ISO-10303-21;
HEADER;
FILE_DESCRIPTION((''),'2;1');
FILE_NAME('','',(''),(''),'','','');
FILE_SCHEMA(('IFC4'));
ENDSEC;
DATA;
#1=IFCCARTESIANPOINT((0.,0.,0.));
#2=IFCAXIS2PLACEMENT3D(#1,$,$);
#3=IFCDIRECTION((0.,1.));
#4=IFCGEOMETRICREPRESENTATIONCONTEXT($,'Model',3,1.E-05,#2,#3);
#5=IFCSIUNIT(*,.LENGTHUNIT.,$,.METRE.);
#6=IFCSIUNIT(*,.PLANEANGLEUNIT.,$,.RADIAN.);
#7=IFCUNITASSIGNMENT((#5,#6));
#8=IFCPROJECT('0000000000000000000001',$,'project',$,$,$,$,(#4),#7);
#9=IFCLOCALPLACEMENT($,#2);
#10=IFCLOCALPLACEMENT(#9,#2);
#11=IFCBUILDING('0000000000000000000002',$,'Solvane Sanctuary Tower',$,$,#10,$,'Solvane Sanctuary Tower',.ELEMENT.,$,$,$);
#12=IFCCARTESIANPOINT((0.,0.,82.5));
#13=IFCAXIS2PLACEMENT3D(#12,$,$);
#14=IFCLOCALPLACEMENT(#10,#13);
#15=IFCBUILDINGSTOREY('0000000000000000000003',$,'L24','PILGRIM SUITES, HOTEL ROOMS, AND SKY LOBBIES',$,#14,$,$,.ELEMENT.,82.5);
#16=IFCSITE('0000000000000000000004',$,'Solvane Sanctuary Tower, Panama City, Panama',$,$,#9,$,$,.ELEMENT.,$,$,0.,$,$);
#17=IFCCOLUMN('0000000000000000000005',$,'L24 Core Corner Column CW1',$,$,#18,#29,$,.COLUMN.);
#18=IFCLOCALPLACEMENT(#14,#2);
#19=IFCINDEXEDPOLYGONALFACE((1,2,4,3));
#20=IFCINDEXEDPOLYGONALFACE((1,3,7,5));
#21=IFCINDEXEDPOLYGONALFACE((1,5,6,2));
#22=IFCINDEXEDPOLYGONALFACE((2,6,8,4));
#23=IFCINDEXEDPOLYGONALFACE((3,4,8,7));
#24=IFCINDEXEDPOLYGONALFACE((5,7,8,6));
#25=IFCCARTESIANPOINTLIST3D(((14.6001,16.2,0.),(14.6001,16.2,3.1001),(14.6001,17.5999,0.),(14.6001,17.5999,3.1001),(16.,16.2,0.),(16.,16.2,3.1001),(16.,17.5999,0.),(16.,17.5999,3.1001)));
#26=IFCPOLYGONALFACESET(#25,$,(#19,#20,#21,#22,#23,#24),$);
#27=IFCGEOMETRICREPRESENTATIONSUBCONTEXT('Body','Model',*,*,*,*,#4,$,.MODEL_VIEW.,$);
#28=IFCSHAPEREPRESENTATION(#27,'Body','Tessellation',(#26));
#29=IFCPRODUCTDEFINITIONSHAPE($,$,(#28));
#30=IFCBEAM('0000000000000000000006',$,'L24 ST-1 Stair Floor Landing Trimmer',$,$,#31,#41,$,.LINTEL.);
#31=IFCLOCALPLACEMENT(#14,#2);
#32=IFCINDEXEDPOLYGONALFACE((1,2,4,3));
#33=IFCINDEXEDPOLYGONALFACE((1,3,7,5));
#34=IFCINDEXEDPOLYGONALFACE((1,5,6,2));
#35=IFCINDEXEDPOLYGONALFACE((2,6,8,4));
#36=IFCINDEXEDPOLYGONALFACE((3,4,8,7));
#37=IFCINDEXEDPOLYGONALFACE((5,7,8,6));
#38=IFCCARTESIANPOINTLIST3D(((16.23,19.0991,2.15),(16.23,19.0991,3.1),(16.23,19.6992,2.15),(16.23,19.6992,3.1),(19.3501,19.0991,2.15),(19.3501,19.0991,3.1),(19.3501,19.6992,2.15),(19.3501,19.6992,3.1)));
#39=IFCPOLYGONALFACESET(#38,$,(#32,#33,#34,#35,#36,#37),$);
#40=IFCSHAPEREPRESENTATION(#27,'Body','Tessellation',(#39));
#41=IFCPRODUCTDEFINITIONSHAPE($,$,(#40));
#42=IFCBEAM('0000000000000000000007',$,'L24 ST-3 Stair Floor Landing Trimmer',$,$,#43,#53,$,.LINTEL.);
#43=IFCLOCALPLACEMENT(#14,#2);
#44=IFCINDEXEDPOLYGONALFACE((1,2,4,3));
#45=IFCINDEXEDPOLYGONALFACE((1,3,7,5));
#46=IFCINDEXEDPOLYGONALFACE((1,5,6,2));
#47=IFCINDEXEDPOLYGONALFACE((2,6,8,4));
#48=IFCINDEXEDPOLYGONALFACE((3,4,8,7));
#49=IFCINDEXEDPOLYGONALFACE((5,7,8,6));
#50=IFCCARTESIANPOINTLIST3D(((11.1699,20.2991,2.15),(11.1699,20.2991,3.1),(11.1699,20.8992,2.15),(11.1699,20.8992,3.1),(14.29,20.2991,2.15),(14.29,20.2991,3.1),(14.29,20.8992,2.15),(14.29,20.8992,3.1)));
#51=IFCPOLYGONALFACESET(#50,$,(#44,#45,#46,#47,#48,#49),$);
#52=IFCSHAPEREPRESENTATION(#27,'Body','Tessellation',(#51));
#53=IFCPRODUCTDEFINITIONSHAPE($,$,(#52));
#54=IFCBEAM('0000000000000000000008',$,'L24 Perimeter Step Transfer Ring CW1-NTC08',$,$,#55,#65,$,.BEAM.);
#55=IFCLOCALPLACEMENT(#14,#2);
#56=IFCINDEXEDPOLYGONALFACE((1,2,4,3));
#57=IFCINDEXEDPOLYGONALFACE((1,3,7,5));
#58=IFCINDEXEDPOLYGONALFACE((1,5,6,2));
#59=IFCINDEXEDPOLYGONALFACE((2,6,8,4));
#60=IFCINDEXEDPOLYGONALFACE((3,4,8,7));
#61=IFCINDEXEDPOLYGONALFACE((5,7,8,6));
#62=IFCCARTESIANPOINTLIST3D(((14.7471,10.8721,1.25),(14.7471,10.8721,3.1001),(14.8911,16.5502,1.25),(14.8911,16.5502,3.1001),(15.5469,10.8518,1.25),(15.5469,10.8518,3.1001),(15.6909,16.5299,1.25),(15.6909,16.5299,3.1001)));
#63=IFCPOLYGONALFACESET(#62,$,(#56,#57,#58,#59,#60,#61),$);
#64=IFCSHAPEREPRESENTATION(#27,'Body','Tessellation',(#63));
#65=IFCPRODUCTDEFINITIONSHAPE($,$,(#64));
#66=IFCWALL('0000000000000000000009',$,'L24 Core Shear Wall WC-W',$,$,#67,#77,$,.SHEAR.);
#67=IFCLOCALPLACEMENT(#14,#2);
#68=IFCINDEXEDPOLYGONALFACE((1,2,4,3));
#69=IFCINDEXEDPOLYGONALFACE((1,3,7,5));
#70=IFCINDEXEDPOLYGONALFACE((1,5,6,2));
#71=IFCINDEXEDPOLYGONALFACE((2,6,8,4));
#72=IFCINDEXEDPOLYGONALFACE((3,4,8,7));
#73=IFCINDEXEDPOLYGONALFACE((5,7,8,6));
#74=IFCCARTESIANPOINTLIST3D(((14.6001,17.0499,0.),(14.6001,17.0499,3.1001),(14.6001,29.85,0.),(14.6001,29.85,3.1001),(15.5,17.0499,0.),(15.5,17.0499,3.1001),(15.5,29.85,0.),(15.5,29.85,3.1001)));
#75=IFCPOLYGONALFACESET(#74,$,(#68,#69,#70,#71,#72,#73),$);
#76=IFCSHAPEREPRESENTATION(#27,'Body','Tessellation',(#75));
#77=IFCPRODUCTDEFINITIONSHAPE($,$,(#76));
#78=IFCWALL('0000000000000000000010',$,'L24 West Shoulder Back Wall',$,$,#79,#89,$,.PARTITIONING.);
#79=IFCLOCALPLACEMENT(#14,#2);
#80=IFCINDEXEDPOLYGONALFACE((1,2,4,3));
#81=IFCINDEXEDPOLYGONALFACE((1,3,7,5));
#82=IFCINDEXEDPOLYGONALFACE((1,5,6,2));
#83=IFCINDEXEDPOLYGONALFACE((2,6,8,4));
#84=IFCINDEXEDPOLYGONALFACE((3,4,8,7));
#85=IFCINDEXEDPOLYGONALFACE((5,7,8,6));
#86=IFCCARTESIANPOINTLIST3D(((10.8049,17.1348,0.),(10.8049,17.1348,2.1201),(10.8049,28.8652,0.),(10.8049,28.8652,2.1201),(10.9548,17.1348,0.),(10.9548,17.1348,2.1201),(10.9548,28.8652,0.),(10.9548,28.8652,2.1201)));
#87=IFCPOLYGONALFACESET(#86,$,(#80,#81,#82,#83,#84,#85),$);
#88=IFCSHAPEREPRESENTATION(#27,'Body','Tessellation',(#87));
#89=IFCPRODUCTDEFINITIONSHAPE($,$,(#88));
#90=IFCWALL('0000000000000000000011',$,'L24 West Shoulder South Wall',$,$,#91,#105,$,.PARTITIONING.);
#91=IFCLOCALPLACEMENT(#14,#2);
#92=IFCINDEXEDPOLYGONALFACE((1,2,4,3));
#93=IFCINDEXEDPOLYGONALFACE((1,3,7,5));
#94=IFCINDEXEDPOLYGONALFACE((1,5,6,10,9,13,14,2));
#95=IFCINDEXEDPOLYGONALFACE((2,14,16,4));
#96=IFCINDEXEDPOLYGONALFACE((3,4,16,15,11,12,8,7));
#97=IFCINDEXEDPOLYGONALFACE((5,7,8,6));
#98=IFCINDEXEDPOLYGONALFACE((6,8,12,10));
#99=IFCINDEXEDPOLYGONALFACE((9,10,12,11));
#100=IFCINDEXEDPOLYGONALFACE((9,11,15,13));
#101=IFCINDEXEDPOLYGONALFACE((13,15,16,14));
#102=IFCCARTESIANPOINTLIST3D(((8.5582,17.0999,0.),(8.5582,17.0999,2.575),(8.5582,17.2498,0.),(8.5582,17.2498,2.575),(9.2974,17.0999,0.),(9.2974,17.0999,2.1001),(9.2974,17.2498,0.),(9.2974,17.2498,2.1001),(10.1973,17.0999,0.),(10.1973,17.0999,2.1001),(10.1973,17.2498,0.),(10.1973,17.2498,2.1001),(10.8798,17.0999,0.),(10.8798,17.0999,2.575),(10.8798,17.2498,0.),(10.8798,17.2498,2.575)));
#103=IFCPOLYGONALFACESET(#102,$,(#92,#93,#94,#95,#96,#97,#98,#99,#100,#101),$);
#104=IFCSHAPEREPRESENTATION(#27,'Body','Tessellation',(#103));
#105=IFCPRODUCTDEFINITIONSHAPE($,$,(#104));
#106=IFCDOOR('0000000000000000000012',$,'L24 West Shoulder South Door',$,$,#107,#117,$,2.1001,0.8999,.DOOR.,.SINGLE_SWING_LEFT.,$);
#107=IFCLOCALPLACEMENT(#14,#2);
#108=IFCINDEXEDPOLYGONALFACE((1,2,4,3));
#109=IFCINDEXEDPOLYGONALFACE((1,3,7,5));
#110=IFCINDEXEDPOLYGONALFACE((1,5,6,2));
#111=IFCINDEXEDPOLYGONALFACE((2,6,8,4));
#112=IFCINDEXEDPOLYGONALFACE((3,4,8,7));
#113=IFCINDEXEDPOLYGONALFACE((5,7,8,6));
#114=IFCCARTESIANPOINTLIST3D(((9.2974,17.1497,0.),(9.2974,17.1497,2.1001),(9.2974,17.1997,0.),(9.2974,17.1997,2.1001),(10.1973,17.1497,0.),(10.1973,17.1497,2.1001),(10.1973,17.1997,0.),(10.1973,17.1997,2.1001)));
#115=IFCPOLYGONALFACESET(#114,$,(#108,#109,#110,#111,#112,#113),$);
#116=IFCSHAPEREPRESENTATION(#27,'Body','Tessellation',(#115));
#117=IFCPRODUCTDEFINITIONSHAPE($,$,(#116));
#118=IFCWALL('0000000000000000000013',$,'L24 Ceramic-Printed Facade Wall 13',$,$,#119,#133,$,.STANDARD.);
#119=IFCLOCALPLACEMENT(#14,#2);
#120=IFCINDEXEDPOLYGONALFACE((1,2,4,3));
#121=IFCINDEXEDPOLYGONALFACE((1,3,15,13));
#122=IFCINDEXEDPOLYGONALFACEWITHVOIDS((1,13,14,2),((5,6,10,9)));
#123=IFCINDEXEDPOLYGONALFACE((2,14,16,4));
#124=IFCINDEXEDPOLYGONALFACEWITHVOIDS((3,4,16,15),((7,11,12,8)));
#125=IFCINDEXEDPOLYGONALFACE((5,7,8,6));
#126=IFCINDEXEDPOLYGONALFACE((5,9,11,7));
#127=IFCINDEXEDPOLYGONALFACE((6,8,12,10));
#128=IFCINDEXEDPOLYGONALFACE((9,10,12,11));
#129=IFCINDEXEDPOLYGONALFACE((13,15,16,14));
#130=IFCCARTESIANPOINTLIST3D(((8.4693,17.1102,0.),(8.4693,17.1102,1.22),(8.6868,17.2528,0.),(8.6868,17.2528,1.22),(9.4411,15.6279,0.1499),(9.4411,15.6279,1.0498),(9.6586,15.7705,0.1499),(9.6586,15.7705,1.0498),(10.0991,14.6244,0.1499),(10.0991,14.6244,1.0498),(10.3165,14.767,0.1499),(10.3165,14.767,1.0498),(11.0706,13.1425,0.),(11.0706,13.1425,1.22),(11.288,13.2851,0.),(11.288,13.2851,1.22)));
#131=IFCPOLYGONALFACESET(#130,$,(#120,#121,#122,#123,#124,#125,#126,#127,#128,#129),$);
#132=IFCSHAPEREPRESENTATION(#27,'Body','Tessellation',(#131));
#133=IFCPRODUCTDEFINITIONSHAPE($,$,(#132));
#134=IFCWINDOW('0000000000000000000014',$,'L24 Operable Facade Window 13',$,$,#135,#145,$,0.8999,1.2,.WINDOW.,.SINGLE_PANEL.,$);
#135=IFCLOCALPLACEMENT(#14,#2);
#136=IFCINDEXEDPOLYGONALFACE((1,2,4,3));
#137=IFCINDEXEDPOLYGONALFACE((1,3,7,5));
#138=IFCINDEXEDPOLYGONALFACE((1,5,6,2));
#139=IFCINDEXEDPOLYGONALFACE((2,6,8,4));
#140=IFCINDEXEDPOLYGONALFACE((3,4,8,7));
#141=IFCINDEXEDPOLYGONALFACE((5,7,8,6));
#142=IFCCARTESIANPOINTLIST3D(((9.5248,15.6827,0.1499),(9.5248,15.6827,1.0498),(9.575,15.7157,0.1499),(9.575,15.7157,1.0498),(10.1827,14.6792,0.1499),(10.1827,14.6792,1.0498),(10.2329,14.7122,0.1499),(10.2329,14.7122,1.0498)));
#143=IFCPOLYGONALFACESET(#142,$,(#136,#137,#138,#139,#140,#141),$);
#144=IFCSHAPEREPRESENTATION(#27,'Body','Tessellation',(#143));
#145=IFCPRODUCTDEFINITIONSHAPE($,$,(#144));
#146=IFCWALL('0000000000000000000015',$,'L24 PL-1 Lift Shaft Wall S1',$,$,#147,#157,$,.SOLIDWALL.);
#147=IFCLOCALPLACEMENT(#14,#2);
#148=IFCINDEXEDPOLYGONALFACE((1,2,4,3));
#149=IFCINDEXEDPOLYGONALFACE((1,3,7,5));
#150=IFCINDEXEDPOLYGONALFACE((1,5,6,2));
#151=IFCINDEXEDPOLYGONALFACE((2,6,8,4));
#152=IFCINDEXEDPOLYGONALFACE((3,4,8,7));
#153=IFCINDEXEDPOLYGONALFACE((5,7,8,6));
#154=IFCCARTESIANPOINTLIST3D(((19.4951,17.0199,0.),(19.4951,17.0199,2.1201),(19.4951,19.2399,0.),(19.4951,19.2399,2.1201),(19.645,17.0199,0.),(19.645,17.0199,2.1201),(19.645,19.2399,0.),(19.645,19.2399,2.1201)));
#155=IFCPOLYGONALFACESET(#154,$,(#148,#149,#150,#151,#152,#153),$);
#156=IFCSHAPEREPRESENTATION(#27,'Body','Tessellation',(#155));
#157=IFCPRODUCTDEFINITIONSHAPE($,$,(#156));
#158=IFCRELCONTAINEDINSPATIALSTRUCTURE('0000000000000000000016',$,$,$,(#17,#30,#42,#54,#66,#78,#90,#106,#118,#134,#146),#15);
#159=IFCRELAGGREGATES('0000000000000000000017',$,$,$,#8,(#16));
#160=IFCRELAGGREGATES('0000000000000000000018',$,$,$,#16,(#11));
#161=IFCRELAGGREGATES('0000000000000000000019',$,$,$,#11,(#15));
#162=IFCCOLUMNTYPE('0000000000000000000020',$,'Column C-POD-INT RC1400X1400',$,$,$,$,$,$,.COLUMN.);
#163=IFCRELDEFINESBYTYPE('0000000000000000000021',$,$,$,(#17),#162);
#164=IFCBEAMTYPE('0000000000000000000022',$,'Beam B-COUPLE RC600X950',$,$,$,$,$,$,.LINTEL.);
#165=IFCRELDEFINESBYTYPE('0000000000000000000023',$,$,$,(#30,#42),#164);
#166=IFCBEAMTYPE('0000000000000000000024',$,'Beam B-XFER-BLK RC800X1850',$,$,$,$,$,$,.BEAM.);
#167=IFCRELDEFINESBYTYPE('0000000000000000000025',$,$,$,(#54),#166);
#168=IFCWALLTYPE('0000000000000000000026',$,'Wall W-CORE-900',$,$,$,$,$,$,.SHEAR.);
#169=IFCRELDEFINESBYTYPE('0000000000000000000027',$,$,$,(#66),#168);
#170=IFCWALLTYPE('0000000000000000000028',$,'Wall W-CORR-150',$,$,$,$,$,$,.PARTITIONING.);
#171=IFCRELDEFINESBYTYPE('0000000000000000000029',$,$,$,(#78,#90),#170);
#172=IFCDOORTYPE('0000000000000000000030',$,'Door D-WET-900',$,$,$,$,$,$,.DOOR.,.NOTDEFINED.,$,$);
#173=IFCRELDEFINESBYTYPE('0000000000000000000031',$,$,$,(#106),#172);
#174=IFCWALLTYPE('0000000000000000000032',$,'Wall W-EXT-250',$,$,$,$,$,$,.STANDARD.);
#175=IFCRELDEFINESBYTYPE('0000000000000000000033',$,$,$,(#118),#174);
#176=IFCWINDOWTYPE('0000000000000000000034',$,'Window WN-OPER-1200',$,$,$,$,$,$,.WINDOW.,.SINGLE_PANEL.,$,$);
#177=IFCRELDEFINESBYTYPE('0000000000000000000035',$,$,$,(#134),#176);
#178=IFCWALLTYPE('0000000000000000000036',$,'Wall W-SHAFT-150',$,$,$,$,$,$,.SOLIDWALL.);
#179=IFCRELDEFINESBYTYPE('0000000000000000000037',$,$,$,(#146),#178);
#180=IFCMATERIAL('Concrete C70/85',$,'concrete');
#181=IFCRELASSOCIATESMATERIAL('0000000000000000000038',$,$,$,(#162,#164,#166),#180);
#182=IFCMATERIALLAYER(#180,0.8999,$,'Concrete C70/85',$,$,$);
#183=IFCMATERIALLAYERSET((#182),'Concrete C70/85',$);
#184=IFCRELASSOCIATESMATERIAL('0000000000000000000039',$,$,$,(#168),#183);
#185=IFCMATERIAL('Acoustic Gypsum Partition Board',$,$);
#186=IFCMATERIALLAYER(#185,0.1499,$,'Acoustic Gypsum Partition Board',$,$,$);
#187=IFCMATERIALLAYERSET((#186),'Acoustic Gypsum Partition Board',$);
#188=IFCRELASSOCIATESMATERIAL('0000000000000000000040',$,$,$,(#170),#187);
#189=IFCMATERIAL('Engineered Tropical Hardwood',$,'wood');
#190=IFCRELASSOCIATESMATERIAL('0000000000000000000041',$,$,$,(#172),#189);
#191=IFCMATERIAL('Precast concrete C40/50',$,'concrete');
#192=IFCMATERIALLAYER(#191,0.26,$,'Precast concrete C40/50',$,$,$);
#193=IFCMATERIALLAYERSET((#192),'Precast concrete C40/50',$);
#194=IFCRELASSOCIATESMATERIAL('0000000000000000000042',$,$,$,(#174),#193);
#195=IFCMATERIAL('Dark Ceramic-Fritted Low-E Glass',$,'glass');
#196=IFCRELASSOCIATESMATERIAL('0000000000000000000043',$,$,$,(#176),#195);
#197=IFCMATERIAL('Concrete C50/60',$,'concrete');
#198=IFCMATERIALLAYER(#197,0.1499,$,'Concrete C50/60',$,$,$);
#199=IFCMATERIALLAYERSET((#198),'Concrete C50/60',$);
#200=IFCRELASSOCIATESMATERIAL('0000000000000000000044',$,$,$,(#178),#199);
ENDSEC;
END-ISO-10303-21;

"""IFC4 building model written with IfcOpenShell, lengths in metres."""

from ifc_helpers import new_model, si_unit, direction, frame, frame_2d, origin, origin_2d, place, context, subcontext, project, spatial, rectangle, extrude, material, layer, layer_set, material_profile, profile_set, type_object, element, fill, save


model = new_model("IFC4")

# Units and contexts
model_context = context("Model", 3, precision=1e-05, world=origin(), true_north=direction((0.0, 1.0)))
body_context = subcontext(model_context, "Body", "Model", "MODEL_VIEW")
ifc_project = project(units=[si_unit("LENGTHUNIT", "METRE"), si_unit("PLANEANGLEUNIT", "RADIAN")], contexts=[model_context])

# Site, building, storey
site_placement = place(None, origin())
site = spatial("IfcSite", under=ifc_project, at=site_placement, Name="Solvane Sanctuary Tower, Panama City, Panama", CompositionType="ELEMENT", RefElevation=0.0)
building_placement = place(site_placement, origin())
building = spatial("IfcBuilding", under=site, at=building_placement, Name="Solvane Sanctuary Tower", LongName="Solvane Sanctuary Tower", CompositionType="ELEMENT")
storey_placement = place(building_placement, frame((0.0, 0.0, 82.5)))
storey = spatial("IfcBuildingStorey", under=building, at=storey_placement, Name="L24", Description="PILGRIM SUITES, HOTEL ROOMS, AND SKY LOBBIES", CompositionType="ELEMENT", Elevation=82.5)

# Column
ifc_material_1 = material(Name="Concrete C70/85", Category="concrete")
ifc_material_profile_1 = material_profile(ifc_material_1, rectangle(XDim=1.3999, YDim=1.3999, at=origin_2d()), Name="RC1400X1400")
ifc_profile_set_1 = profile_set([ifc_material_profile_1], Name="Concrete C70/85")
column_type = type_object("IfcColumnType", Name="Column C-POD-INT RC1400X1400", PredefinedType="COLUMN", material=ifc_profile_set_1)
column_placement = place(storey_placement, frame((15.3, 16.8999, 0.0), z_axis=(0.0, 0.0, 1.0), x_axis=(1.0, 0.0, 0.0)))
element("IfcColumn", 1, at=column_placement, inside=storey, type_object=column_type, Name="L24 Core Corner Column CW1", PredefinedType="COLUMN", context=body_context, shape_type="SweptSolid", body=[
    extrude(rectangle(XDim=1.3999, YDim=1.3999, at=origin_2d()), origin(), (0.0, 0.0, 1.0), 3.1001),
])

# Beams
ifc_material_profile_2 = material_profile(ifc_material_1, rectangle(XDim=0.6001, YDim=0.95, at=origin_2d()), Name="RC600X950")
ifc_profile_set_2 = profile_set([ifc_material_profile_2], Name="Concrete C70/85")
beam_type_1 = type_object("IfcBeamType", Name="Beam B-COUPLE RC600X950", PredefinedType="LINTEL", material=ifc_profile_set_2)
for number, where, z_axis, x_axis, name in (
    (2, (16.23, 19.3992, 2.625), (1.0, 0.0, 0.0), (0.0, 1.0, 0.0), "L24 ST-1 Stair Floor Landing Trimmer"),
    (3, (11.1699, 20.5991, 2.625), (1.0, 0.0, 0.0), (0.0, 1.0, 0.0), "L24 ST-3 Stair Floor Landing Trimmer"),
):
    element("IfcBeam", number, at=place(storey_placement, frame(where, z_axis=z_axis, x_axis=x_axis)), inside=storey, type_object=beam_type_1, Name=name, PredefinedType="LINTEL", context=body_context, shape_type="SweptSolid", body=[
        extrude(rectangle(XDim=0.6001, YDim=0.95, at=origin_2d()), origin(), (0.0, 0.0, 1.0), 3.1201),
    ])
ifc_material_profile_3 = material_profile(ifc_material_1, rectangle(XDim=0.8, YDim=1.8501, at=origin_2d()), Name="RC800X1850")
ifc_profile_set_3 = profile_set([ifc_material_profile_3], Name="Concrete C70/85")
beam_type_2 = type_object("IfcBeamType", Name="Beam B-XFER-BLK RC800X1850", PredefinedType="BEAM", material=ifc_profile_set_3)
beam_placement = place(storey_placement, frame((15.291, 16.54, 2.175), z_axis=(-0.025359, -0.999678, 0.0), x_axis=(0.999678, -0.025359, 0.0)))
element("IfcBeam", 4, at=beam_placement, inside=storey, type_object=beam_type_2, Name="L24 Perimeter Step Transfer Ring CW1-NTC08", PredefinedType="BEAM", context=body_context, shape_type="SweptSolid", body=[
    extrude(rectangle(XDim=0.8, YDim=1.8501, at=origin_2d()), origin(), (0.0, 0.0, 1.0), 5.6799),
])

# Walls
ifc_layer_1 = layer(ifc_material_1, 0.8999, Name="Concrete C70/85")
ifc_layer_set_1 = layer_set([ifc_layer_1], Name="Concrete C70/85")
wall_type_1 = type_object("IfcWallType", Name="Wall W-CORE-900", PredefinedType="SHEAR", material=ifc_layer_set_1)
wall_1_placement = place(storey_placement, frame((15.05, 17.05, 0.0), z_axis=(0.0, 0.0, 1.0), x_axis=(0.0, 1.0, 0.0)))
element("IfcWall", 5, at=wall_1_placement, inside=storey, type_object=wall_type_1, Name="L24 Core Shear Wall WC-W", PredefinedType="SHEAR", context=body_context, shape_type="SweptSolid", body=[
    extrude(rectangle(XDim=12.8, YDim=0.8999, at=frame_2d((6.3999, 0.0))), origin(), (0.0, 0.0, 1.0), 3.1001),
])
ifc_material_2 = material(Name="Acoustic Gypsum Partition Board")
ifc_layer_2 = layer(ifc_material_2, 0.1499, Name="Acoustic Gypsum Partition Board")
ifc_layer_set_2 = layer_set([ifc_layer_2], Name="Acoustic Gypsum Partition Board")
wall_type_2 = type_object("IfcWallType", Name="Wall W-CORR-150", PredefinedType="PARTITIONING", material=ifc_layer_set_2)
wall_2_placement = place(storey_placement, frame((10.8799, 17.1348, 0.0), z_axis=(0.0, 0.0, 1.0), x_axis=(0.0, 1.0, 0.0)))
element("IfcWall", 6, at=wall_2_placement, inside=storey, type_object=wall_type_2, Name="L24 West Shoulder Back Wall", PredefinedType="PARTITIONING", context=body_context, shape_type="SweptSolid", body=[
    extrude(rectangle(XDim=11.7305, YDim=0.1499, at=frame_2d((5.8652, 0.0))), origin(), (0.0, 0.0, 1.0), 2.1201),
])

# Wall, opening, door
wall_3_placement = place(storey_placement, frame((8.5583, 17.1748, 0.0), z_axis=(0.0, 0.0, 1.0), x_axis=(1.0, 0.0, 0.0)))
wall_3 = element("IfcWall", 7, at=wall_3_placement, inside=storey, type_object=wall_type_2, Name="L24 West Shoulder South Wall", PredefinedType="PARTITIONING", context=body_context, shape_type="SweptSolid", body=[
    extrude(rectangle(XDim=2.3215, YDim=0.1499, at=frame_2d((1.1606, 0.0))), origin(), (0.0, 0.0, 1.0), 2.575),
])
opening_1_placement = place(wall_3_placement, frame((0.739, 0.0, 0.0)))
opening_1 = element("IfcOpeningElement", 8, at=opening_1_placement, cuts=wall_3, PredefinedType="OPENING", context=body_context, shape_type="SweptSolid", body=[
    extrude(rectangle(XDim=0.8999, YDim=2.1001, at=frame_2d((0.45, 1.05))), frame((0.0, 0.085, 0.0), z_axis=(0.0, -1.0, 0.0), x_axis=(1.0, 0.0, 0.0)), (0.0, 0.0, 1.0), 0.1699),
])
ifc_material_3 = material(Name="Engineered Tropical Hardwood", Category="wood")
door_type_1 = type_object("IfcDoorType", Name="Door D-WET-900", OperationType="NOTDEFINED", PredefinedType="DOOR", material=ifc_material_3)
door_1_placement = place(opening_1_placement, origin())
door_1 = element("IfcDoor", 9, at=door_1_placement, inside=storey, type_object=door_type_1, Name="L24 West Shoulder South Door", OperationType="SINGLE_SWING_LEFT", OverallHeight=2.1001, OverallWidth=0.8999, PredefinedType="DOOR", context=body_context, shape_type="SweptSolid", body=[
    extrude(rectangle(XDim=0.8999, YDim=2.1001, at=frame_2d((0.45, 1.05))), frame((0.0, 0.0249, 0.0), z_axis=(0.0, -1.0, 0.0), x_axis=(1.0, 0.0, 0.0)), (0.0, 0.0, 1.0), 0.05),
])
fill(opening_1, door_1)

# Wall, opening, window
ifc_material_4 = material(Name="Precast concrete C40/50", Category="concrete")
ifc_layer_3 = layer(ifc_material_4, 0.26, Name="Precast concrete C40/50")
ifc_layer_set_3 = layer_set([ifc_layer_3], Name="Precast concrete C40/50")
wall_type_3 = type_object("IfcWallType", Name="Wall W-EXT-250", PredefinedType="STANDARD", material=ifc_layer_set_3)
wall_4_placement = place(storey_placement, frame((8.5781, 17.1814, 0.0), z_axis=(0.0, 0.0, 1.0), x_axis=(0.548283, -0.836293, 0.0)))
wall_4 = element("IfcWall", 10, at=wall_4_placement, inside=storey, type_object=wall_type_3, Name="L24 Ceramic-Printed Facade Wall 13", PredefinedType="STANDARD", context=body_context, shape_type="SweptSolid", body=[
    extrude(rectangle(XDim=4.7444, YDim=0.26, at=frame_2d((2.3721, 0.0))), origin(), (0.0, 0.0, 1.0), 1.22),
])
opening_2_placement = place(wall_4_placement, frame((1.7722, 0.0, 0.1499)))
opening_2 = element("IfcOpeningElement", 11, at=opening_2_placement, cuts=wall_4, PredefinedType="OPENING", context=body_context, shape_type="SweptSolid", body=[
    extrude(rectangle(XDim=1.2, YDim=0.8999, at=frame_2d((0.6001, 0.45))), frame((0.0, 0.1399, 0.0), z_axis=(0.0, -1.0, 0.0), x_axis=(1.0, 0.0, 0.0)), (0.0, 0.0, 1.0), 0.28),
])
ifc_material_5 = material(Name="Dark Ceramic-Fritted Low-E Glass", Category="glass")
window_type = type_object("IfcWindowType", Name="Window WN-OPER-1200", PartitioningType="SINGLE_PANEL", PredefinedType="WINDOW", material=ifc_material_5)
window_placement = place(opening_2_placement, origin())
window = element("IfcWindow", 12, at=window_placement, inside=storey, type_object=window_type, Name="L24 Operable Facade Window 13", OverallHeight=0.8999, OverallWidth=1.2, PartitioningType="SINGLE_PANEL", PredefinedType="WINDOW", context=body_context, shape_type="SweptSolid", body=[
    extrude(rectangle(XDim=1.2, YDim=0.8999, at=frame_2d((0.6001, 0.45))), frame((0.0, 0.03, 0.0), z_axis=(0.0, -1.0, 0.0), x_axis=(1.0, 0.0, 0.0)), (0.0, 0.0, 1.0), 0.0601),
])
fill(opening_2, window)

# Wall
ifc_material_6 = material(Name="Concrete C50/60", Category="concrete")
ifc_layer_4 = layer(ifc_material_6, 0.1499, Name="Concrete C50/60")
ifc_layer_set_4 = layer_set([ifc_layer_4], Name="Concrete C50/60")
wall_type_4 = type_object("IfcWallType", Name="Wall W-SHAFT-150", PredefinedType="SOLIDWALL", material=ifc_layer_set_4)
wall_5_placement = place(storey_placement, frame((19.5701, 17.02, 0.0), z_axis=(0.0, 0.0, 1.0), x_axis=(0.0, 1.0, 0.0)))
element("IfcWall", 13, at=wall_5_placement, inside=storey, type_object=wall_type_4, Name="L24 PL-1 Lift Shaft Wall S1", PredefinedType="SOLIDWALL", context=body_context, shape_type="SweptSolid", body=[
    extrude(rectangle(XDim=2.22, YDim=0.1499, at=frame_2d((1.1099, 0.0))), origin(), (0.0, 0.0, 1.0), 2.1201),
])

save(model, "model.ifc")
